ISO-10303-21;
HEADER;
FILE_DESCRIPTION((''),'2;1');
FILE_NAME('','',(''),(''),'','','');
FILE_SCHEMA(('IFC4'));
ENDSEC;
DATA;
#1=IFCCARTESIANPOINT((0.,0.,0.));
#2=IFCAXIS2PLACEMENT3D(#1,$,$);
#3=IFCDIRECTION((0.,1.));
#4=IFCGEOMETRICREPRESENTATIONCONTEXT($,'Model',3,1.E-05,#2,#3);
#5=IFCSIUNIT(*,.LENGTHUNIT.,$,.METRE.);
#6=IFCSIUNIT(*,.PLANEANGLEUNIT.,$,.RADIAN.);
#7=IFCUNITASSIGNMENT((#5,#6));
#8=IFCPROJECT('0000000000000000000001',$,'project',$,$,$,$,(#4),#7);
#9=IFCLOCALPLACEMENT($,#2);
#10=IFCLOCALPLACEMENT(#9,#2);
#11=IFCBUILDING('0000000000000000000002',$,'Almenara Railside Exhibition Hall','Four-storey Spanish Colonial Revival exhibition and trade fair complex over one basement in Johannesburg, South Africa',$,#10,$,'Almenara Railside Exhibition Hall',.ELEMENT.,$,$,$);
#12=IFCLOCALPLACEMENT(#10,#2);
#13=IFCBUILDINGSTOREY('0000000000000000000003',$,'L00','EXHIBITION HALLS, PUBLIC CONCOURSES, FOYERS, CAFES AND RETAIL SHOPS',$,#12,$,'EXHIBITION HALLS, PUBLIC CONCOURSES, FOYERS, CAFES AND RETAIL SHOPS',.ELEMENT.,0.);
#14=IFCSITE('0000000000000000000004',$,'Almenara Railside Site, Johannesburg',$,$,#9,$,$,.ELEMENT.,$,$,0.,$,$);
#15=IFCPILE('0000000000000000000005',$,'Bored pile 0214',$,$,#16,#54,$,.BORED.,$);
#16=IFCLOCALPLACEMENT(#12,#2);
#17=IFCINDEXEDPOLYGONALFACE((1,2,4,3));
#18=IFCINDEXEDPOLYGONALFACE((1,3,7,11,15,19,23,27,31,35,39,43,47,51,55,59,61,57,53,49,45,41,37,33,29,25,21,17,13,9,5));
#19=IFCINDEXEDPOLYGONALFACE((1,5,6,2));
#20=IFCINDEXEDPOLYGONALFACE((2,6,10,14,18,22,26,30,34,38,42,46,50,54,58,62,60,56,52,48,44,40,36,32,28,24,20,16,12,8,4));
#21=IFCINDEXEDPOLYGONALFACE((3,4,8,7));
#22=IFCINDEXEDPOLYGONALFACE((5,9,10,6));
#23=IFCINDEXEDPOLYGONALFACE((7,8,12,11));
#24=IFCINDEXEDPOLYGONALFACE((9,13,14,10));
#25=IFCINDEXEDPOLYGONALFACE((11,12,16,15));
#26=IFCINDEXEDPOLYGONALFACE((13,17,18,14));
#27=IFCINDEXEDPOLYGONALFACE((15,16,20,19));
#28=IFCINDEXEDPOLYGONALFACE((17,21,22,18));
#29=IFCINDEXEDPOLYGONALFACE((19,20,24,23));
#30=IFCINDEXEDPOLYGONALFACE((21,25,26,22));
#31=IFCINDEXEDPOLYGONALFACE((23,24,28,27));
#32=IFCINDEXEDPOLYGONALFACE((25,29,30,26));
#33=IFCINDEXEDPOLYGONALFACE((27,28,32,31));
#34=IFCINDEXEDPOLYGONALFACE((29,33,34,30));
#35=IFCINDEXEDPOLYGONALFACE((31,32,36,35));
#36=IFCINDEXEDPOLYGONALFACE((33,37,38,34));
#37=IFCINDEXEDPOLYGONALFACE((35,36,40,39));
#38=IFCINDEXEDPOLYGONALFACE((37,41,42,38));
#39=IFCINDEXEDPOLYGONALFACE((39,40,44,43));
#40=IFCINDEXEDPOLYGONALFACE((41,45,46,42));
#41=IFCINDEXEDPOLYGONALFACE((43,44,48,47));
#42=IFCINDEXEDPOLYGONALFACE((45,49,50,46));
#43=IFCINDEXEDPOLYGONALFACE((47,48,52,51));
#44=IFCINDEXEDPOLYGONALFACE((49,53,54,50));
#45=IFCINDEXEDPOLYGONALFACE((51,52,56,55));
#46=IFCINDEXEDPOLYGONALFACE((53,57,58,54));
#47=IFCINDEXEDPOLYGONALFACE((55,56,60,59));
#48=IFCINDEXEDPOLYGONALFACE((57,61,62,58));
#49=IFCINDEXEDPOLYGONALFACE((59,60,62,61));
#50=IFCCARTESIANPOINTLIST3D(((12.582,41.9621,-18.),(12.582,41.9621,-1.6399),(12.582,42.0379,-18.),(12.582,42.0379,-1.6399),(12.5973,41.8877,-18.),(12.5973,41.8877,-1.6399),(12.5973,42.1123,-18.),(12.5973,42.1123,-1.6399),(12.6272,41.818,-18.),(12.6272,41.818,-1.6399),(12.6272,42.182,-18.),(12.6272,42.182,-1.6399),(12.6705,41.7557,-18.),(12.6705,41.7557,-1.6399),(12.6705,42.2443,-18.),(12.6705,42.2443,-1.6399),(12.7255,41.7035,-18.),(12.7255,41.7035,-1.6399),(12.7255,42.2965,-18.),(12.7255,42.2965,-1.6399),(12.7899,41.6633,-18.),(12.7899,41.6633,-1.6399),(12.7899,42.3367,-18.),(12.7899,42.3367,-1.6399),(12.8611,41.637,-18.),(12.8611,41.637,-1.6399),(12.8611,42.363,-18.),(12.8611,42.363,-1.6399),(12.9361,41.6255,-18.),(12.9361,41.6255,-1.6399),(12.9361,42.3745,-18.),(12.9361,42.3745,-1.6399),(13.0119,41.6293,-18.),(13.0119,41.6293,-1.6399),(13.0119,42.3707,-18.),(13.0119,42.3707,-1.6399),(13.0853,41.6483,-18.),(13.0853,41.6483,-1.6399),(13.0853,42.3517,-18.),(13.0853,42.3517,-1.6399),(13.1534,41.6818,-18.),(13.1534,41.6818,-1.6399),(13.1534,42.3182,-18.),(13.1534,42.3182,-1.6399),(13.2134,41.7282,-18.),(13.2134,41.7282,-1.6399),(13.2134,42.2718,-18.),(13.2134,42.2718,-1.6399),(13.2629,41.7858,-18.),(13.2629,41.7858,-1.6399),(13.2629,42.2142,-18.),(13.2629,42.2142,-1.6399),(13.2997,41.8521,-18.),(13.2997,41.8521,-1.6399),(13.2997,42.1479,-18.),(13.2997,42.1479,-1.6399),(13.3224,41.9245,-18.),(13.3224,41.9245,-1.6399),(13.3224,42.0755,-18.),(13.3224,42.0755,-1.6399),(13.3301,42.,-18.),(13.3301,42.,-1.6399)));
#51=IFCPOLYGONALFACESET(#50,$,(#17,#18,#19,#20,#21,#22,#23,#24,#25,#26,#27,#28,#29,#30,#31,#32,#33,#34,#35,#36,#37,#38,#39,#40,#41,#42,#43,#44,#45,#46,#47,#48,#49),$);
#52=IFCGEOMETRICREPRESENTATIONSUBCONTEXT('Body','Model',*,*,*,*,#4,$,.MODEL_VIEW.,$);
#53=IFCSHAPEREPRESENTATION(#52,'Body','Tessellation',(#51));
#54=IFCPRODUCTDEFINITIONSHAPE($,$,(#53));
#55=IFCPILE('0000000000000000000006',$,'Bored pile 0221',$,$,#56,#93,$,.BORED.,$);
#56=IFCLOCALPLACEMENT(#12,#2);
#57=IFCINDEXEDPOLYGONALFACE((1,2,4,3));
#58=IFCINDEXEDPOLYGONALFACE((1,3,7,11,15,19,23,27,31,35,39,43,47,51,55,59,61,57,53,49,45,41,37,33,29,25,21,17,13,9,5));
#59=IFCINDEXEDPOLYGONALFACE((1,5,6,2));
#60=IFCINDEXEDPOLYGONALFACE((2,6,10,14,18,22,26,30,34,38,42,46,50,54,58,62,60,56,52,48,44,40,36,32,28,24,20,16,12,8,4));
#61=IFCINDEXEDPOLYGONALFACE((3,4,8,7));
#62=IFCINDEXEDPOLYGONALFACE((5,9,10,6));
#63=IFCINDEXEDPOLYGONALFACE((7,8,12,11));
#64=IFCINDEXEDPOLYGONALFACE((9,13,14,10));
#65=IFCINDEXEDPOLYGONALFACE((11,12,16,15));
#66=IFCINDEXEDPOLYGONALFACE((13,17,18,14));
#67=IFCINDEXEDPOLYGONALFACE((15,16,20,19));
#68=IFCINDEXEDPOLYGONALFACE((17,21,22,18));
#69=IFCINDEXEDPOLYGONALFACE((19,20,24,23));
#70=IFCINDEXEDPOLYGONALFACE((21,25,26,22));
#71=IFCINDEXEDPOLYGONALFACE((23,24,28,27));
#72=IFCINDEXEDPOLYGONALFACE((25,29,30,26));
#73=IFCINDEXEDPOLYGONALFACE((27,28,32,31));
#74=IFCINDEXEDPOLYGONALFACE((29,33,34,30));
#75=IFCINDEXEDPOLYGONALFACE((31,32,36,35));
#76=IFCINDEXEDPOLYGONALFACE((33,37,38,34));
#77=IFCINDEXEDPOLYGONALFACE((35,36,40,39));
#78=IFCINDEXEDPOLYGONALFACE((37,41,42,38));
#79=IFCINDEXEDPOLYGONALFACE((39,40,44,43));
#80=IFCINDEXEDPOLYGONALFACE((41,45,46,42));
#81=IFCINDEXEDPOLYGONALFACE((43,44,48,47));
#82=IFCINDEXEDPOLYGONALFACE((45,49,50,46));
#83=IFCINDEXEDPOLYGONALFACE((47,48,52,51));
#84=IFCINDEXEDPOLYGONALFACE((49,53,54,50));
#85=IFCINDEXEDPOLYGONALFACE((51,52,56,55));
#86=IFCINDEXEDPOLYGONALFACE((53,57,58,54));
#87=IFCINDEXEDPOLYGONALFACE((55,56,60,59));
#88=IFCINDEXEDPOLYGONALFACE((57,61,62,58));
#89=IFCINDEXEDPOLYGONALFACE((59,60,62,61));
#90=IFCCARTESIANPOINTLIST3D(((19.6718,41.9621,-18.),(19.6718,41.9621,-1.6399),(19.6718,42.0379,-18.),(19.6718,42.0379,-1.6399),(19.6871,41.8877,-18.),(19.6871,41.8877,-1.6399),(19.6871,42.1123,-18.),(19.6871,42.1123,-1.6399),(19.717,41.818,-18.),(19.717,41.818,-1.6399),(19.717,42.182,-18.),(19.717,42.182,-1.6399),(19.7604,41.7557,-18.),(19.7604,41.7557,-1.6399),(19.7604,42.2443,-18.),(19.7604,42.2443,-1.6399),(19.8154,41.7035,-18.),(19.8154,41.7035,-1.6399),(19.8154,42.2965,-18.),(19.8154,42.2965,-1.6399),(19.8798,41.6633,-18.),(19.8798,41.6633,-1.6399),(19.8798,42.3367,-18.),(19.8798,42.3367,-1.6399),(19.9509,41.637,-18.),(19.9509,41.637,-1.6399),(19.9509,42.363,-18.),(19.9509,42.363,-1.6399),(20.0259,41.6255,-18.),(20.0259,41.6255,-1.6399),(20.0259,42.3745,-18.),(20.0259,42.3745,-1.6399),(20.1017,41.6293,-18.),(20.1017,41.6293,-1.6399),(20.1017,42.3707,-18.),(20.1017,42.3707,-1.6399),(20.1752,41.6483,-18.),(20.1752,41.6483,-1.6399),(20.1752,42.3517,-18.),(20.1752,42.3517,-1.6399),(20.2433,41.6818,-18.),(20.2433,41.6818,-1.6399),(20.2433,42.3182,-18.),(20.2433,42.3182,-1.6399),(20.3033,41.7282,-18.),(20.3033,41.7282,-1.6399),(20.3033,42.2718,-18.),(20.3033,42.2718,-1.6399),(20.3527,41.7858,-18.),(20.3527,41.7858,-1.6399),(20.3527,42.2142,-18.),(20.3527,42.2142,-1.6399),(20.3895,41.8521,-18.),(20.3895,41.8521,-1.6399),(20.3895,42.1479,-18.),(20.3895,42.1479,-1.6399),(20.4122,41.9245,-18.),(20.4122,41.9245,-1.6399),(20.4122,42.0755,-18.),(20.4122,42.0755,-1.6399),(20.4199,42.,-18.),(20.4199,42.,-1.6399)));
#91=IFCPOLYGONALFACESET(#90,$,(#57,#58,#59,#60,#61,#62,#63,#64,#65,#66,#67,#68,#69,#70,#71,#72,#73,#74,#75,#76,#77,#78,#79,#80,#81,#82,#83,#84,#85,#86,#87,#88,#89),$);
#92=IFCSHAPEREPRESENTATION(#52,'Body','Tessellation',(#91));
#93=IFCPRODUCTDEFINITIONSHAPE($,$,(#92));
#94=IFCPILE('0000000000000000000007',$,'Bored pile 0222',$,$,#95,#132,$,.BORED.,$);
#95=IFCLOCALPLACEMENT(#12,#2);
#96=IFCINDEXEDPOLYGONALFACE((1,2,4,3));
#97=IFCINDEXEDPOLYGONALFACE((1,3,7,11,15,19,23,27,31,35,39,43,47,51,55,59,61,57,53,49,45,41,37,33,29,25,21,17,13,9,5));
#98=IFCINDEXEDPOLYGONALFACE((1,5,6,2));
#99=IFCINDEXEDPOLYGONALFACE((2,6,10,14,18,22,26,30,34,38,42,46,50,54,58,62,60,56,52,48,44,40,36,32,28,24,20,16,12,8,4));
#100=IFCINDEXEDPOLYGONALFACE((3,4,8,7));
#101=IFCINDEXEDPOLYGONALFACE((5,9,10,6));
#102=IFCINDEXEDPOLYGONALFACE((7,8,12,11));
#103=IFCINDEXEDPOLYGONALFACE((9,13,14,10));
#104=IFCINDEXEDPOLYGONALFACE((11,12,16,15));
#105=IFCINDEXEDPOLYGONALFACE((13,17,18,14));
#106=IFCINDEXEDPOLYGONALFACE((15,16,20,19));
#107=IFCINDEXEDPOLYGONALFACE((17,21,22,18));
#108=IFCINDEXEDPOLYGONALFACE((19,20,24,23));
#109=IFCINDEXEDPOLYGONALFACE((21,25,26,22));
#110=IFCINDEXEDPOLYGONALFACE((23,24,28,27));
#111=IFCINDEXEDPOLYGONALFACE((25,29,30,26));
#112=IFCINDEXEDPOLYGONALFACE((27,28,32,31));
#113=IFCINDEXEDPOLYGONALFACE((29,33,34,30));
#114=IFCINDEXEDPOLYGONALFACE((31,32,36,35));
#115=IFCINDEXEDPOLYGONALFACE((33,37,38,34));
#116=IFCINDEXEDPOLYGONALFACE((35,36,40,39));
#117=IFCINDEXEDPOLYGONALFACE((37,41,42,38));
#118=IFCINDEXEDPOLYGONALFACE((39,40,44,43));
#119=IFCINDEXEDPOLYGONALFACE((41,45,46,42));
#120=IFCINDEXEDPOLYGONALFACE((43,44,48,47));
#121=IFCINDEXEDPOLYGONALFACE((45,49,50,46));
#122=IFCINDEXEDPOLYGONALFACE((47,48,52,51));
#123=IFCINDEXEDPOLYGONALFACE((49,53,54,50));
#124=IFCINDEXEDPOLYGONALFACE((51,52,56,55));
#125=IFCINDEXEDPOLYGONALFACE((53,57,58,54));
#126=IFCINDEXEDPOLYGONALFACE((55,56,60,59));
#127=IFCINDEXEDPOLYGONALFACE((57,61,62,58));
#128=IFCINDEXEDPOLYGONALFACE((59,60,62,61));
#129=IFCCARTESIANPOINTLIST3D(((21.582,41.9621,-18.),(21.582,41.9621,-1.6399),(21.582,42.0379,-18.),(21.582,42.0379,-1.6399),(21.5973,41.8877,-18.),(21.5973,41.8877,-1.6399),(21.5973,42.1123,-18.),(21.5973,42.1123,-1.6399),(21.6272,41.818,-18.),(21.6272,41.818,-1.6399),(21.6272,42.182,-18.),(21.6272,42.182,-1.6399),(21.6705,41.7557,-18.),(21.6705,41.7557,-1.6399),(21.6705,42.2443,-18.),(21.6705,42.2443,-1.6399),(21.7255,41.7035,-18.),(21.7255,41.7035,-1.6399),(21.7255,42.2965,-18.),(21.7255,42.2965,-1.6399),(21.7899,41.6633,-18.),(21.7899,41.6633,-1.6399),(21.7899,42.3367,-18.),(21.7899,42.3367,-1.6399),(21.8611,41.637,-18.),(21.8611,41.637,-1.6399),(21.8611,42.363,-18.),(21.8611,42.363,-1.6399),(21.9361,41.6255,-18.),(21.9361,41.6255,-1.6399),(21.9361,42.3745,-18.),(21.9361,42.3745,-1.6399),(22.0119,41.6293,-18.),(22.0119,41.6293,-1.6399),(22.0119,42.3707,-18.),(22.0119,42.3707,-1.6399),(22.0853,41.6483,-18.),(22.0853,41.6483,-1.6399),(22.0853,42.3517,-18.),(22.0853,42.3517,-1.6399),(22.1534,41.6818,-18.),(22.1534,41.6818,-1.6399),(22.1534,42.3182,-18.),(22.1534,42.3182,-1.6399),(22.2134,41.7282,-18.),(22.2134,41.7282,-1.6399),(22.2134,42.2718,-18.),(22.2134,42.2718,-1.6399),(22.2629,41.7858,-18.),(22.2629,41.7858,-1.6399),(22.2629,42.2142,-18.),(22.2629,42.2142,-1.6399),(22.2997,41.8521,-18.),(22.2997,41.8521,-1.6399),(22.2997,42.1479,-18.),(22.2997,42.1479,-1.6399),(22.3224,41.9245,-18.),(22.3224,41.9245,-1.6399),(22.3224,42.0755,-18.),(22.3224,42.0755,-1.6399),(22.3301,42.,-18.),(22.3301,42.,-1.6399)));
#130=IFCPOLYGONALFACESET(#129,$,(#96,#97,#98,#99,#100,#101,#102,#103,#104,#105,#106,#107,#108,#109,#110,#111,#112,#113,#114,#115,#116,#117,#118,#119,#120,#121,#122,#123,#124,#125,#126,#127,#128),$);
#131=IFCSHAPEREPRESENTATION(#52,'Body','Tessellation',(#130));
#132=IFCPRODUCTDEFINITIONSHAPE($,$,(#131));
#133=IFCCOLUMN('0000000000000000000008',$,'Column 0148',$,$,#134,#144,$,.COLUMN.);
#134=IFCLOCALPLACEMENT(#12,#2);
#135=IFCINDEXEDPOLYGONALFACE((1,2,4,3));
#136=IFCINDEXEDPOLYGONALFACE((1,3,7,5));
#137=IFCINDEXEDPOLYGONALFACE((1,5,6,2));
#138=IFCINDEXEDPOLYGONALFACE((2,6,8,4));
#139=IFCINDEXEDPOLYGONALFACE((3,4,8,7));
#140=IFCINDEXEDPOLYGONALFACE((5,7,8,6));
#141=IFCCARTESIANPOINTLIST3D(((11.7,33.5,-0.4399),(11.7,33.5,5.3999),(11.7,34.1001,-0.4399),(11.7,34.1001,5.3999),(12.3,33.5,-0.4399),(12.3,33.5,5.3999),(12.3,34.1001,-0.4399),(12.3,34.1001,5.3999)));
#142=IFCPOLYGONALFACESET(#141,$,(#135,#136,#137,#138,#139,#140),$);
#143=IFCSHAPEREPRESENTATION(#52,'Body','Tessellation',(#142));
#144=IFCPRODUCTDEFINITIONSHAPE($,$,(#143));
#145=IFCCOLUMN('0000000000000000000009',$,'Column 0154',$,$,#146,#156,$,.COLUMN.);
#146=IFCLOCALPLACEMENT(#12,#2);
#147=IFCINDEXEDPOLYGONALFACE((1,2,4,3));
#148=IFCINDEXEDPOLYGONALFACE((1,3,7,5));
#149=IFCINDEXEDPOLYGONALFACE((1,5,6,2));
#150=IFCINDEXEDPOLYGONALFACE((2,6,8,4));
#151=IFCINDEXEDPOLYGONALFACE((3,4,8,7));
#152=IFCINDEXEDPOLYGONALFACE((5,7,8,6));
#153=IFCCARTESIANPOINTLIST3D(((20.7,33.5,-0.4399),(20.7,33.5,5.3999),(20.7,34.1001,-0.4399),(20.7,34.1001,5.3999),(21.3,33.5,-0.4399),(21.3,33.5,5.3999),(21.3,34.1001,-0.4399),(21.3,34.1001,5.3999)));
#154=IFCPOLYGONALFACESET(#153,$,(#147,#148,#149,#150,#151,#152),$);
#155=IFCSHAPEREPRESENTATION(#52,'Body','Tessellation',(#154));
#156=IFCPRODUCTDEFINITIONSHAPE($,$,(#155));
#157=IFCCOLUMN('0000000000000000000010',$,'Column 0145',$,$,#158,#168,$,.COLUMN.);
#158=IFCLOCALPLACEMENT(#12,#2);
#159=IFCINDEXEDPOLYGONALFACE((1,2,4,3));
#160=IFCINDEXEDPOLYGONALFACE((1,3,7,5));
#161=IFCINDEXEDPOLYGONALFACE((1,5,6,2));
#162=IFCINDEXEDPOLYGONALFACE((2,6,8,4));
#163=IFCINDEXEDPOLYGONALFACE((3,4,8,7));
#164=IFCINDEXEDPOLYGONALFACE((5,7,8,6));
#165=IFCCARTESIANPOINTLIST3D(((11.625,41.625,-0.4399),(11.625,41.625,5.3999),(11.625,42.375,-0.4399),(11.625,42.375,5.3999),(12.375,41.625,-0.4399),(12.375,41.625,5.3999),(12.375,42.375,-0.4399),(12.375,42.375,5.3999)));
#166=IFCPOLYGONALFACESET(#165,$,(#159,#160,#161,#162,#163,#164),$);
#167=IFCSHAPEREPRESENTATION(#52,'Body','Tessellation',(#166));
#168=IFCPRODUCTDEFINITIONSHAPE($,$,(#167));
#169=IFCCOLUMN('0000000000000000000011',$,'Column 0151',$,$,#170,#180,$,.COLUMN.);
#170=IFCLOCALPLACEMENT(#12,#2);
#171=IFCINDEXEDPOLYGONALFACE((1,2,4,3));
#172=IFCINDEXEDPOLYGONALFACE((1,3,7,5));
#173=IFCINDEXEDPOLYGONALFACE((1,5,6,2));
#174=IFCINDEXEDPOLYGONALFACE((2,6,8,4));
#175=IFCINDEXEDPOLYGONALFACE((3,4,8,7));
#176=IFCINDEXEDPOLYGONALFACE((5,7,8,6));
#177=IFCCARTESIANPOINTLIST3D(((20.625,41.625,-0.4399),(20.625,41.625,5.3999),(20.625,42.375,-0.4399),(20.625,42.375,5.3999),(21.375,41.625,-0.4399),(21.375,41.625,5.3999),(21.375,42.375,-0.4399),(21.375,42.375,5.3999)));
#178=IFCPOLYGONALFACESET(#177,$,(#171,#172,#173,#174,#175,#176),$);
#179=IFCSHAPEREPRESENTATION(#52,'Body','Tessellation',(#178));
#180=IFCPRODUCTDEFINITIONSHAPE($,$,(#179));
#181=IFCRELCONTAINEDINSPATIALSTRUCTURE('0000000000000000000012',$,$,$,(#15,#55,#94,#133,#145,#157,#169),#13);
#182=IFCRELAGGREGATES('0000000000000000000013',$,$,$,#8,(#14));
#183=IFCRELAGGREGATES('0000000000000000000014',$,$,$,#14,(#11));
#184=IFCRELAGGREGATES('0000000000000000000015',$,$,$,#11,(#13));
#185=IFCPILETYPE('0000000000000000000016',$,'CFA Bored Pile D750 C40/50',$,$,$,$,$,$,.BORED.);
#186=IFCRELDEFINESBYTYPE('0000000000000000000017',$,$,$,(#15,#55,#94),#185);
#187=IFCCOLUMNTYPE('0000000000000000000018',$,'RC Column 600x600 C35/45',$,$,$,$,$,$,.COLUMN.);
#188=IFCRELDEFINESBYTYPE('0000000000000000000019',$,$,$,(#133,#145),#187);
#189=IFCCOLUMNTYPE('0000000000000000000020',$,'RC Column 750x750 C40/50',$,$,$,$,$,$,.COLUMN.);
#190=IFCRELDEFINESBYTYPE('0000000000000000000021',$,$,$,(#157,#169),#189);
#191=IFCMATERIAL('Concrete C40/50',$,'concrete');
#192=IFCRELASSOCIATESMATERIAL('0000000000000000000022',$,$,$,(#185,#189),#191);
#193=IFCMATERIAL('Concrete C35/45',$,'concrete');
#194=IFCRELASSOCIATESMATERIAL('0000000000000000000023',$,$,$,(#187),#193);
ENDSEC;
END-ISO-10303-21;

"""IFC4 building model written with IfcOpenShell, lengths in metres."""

from ifc_helpers import new_model, si_unit, direction, frame, origin, origin_2d, place, context, subcontext, project, spatial, rectangle, circle, extrude, material, material_profile, profile_set, type_object, element, save


model = new_model("IFC4")

# Units and contexts
model_context = context("Model", 3, precision=1e-05, world=origin(), true_north=direction((0.0, 1.0)))
body_context = subcontext(model_context, "Body", "Model", "MODEL_VIEW")
ifc_project = project(units=[si_unit("LENGTHUNIT", "METRE"), si_unit("PLANEANGLEUNIT", "RADIAN")], contexts=[model_context])

# Site, building, storey
site_placement = place(None, origin())
site = spatial("IfcSite", under=ifc_project, at=site_placement, Name="Almenara Railside Site, Johannesburg", CompositionType="ELEMENT", RefElevation=0.0)
building_placement = place(site_placement, origin())
building = spatial("IfcBuilding", under=site, at=building_placement, Name="Almenara Railside Exhibition Hall", Description="Four-storey Spanish Colonial Revival exhibition and trade fair complex over one basement in Johannesburg, South Africa", LongName="Almenara Railside Exhibition Hall", CompositionType="ELEMENT")
storey_placement = place(building_placement, origin())
storey = spatial("IfcBuildingStorey", under=building, at=storey_placement, Name="L00", Description="EXHIBITION HALLS, PUBLIC CONCOURSES, FOYERS, CAFES AND RETAIL SHOPS", LongName="EXHIBITION HALLS, PUBLIC CONCOURSES, FOYERS, CAFES AND RETAIL SHOPS", CompositionType="ELEMENT", Elevation=0.0)

# Piles
ifc_material_1 = material(Name="Concrete C40/50", Category="concrete")
ifc_material_profile_1 = material_profile(ifc_material_1, circle(Radius=0.375, at=origin_2d()), Name="CFA-PILE D750")
ifc_profile_set_1 = profile_set([ifc_material_profile_1], Name="Concrete C40/50")
pile_type_1 = type_object("IfcPileType", Name="CFA Bored Pile D750 C40/50", PredefinedType="BORED", material=ifc_profile_set_1)
for number, where, z_axis, x_axis, name in (
    (1, (12.9551, 42.0, -1.6399), (0.0, 0.0, -1.0), (1.0, 0.0, 0.0), "Bored pile 0214"),
    (2, (20.0449, 42.0, -1.6399), (0.0, 0.0, -1.0), (1.0, 0.0, 0.0), "Bored pile 0221"),
    (3, (21.9551, 42.0, -1.6399), (0.0, 0.0, -1.0), (1.0, 0.0, 0.0), "Bored pile 0222"),
):
    element("IfcPile", number, at=place(storey_placement, frame(where, z_axis=z_axis, x_axis=x_axis)), inside=storey, type_object=pile_type_1, Name=name, PredefinedType="BORED", context=body_context, shape_type="SweptSolid", body=[
        extrude(circle(Radius=0.375, at=origin_2d()), origin(), (0.0, 0.0, 1.0), 16.3601),
    ])

# Columns
ifc_material_2 = material(Name="Concrete C35/45", Category="concrete")
ifc_material_profile_2 = material_profile(ifc_material_2, rectangle(XDim=0.6001, YDim=0.6001, at=origin_2d()), Name="RC 600x600")
ifc_profile_set_2 = profile_set([ifc_material_profile_2], Name="Concrete C35/45")
column_type_1 = type_object("IfcColumnType", Name="RC Column 600x600 C35/45", PredefinedType="COLUMN", material=ifc_profile_set_2)
for number, where, z_axis, x_axis, name in (
    (4, (12.0, 33.8, -0.4399), (0.0, 0.0, 1.0), (1.0, 0.0, 0.0), "Column 0148"),
    (5, (21.0, 33.8, -0.4399), (0.0, 0.0, 1.0), (1.0, 0.0, 0.0), "Column 0154"),
):
    element("IfcColumn", number, at=place(storey_placement, frame(where, z_axis=z_axis, x_axis=x_axis)), inside=storey, type_object=column_type_1, Name=name, PredefinedType="COLUMN", context=body_context, shape_type="SweptSolid", body=[
        extrude(rectangle(XDim=0.6001, YDim=0.6001, at=origin_2d()), origin(), (0.0, 0.0, 1.0), 5.8398),
    ])
ifc_material_profile_3 = material_profile(ifc_material_1, rectangle(XDim=0.75, YDim=0.75, at=origin_2d()), Name="RC 750x750")
ifc_profile_set_3 = profile_set([ifc_material_profile_3], Name="Concrete C40/50")
column_type_2 = type_object("IfcColumnType", Name="RC Column 750x750 C40/50", PredefinedType="COLUMN", material=ifc_profile_set_3)
for number, where, z_axis, x_axis, name in (
    (6, (12.0, 42.0, -0.4399), (0.0, 0.0, 1.0), (1.0, 0.0, 0.0), "Column 0145"),
    (7, (21.0, 42.0, -0.4399), (0.0, 0.0, 1.0), (1.0, 0.0, 0.0), "Column 0151"),
):
    element("IfcColumn", number, at=place(storey_placement, frame(where, z_axis=z_axis, x_axis=x_axis)), inside=storey, type_object=column_type_2, Name=name, PredefinedType="COLUMN", context=body_context, shape_type="SweptSolid", body=[
        extrude(rectangle(XDim=0.75, YDim=0.75, at=origin_2d()), origin(), (0.0, 0.0, 1.0), 5.8398),
    ])

save(model, "model.ifc")
